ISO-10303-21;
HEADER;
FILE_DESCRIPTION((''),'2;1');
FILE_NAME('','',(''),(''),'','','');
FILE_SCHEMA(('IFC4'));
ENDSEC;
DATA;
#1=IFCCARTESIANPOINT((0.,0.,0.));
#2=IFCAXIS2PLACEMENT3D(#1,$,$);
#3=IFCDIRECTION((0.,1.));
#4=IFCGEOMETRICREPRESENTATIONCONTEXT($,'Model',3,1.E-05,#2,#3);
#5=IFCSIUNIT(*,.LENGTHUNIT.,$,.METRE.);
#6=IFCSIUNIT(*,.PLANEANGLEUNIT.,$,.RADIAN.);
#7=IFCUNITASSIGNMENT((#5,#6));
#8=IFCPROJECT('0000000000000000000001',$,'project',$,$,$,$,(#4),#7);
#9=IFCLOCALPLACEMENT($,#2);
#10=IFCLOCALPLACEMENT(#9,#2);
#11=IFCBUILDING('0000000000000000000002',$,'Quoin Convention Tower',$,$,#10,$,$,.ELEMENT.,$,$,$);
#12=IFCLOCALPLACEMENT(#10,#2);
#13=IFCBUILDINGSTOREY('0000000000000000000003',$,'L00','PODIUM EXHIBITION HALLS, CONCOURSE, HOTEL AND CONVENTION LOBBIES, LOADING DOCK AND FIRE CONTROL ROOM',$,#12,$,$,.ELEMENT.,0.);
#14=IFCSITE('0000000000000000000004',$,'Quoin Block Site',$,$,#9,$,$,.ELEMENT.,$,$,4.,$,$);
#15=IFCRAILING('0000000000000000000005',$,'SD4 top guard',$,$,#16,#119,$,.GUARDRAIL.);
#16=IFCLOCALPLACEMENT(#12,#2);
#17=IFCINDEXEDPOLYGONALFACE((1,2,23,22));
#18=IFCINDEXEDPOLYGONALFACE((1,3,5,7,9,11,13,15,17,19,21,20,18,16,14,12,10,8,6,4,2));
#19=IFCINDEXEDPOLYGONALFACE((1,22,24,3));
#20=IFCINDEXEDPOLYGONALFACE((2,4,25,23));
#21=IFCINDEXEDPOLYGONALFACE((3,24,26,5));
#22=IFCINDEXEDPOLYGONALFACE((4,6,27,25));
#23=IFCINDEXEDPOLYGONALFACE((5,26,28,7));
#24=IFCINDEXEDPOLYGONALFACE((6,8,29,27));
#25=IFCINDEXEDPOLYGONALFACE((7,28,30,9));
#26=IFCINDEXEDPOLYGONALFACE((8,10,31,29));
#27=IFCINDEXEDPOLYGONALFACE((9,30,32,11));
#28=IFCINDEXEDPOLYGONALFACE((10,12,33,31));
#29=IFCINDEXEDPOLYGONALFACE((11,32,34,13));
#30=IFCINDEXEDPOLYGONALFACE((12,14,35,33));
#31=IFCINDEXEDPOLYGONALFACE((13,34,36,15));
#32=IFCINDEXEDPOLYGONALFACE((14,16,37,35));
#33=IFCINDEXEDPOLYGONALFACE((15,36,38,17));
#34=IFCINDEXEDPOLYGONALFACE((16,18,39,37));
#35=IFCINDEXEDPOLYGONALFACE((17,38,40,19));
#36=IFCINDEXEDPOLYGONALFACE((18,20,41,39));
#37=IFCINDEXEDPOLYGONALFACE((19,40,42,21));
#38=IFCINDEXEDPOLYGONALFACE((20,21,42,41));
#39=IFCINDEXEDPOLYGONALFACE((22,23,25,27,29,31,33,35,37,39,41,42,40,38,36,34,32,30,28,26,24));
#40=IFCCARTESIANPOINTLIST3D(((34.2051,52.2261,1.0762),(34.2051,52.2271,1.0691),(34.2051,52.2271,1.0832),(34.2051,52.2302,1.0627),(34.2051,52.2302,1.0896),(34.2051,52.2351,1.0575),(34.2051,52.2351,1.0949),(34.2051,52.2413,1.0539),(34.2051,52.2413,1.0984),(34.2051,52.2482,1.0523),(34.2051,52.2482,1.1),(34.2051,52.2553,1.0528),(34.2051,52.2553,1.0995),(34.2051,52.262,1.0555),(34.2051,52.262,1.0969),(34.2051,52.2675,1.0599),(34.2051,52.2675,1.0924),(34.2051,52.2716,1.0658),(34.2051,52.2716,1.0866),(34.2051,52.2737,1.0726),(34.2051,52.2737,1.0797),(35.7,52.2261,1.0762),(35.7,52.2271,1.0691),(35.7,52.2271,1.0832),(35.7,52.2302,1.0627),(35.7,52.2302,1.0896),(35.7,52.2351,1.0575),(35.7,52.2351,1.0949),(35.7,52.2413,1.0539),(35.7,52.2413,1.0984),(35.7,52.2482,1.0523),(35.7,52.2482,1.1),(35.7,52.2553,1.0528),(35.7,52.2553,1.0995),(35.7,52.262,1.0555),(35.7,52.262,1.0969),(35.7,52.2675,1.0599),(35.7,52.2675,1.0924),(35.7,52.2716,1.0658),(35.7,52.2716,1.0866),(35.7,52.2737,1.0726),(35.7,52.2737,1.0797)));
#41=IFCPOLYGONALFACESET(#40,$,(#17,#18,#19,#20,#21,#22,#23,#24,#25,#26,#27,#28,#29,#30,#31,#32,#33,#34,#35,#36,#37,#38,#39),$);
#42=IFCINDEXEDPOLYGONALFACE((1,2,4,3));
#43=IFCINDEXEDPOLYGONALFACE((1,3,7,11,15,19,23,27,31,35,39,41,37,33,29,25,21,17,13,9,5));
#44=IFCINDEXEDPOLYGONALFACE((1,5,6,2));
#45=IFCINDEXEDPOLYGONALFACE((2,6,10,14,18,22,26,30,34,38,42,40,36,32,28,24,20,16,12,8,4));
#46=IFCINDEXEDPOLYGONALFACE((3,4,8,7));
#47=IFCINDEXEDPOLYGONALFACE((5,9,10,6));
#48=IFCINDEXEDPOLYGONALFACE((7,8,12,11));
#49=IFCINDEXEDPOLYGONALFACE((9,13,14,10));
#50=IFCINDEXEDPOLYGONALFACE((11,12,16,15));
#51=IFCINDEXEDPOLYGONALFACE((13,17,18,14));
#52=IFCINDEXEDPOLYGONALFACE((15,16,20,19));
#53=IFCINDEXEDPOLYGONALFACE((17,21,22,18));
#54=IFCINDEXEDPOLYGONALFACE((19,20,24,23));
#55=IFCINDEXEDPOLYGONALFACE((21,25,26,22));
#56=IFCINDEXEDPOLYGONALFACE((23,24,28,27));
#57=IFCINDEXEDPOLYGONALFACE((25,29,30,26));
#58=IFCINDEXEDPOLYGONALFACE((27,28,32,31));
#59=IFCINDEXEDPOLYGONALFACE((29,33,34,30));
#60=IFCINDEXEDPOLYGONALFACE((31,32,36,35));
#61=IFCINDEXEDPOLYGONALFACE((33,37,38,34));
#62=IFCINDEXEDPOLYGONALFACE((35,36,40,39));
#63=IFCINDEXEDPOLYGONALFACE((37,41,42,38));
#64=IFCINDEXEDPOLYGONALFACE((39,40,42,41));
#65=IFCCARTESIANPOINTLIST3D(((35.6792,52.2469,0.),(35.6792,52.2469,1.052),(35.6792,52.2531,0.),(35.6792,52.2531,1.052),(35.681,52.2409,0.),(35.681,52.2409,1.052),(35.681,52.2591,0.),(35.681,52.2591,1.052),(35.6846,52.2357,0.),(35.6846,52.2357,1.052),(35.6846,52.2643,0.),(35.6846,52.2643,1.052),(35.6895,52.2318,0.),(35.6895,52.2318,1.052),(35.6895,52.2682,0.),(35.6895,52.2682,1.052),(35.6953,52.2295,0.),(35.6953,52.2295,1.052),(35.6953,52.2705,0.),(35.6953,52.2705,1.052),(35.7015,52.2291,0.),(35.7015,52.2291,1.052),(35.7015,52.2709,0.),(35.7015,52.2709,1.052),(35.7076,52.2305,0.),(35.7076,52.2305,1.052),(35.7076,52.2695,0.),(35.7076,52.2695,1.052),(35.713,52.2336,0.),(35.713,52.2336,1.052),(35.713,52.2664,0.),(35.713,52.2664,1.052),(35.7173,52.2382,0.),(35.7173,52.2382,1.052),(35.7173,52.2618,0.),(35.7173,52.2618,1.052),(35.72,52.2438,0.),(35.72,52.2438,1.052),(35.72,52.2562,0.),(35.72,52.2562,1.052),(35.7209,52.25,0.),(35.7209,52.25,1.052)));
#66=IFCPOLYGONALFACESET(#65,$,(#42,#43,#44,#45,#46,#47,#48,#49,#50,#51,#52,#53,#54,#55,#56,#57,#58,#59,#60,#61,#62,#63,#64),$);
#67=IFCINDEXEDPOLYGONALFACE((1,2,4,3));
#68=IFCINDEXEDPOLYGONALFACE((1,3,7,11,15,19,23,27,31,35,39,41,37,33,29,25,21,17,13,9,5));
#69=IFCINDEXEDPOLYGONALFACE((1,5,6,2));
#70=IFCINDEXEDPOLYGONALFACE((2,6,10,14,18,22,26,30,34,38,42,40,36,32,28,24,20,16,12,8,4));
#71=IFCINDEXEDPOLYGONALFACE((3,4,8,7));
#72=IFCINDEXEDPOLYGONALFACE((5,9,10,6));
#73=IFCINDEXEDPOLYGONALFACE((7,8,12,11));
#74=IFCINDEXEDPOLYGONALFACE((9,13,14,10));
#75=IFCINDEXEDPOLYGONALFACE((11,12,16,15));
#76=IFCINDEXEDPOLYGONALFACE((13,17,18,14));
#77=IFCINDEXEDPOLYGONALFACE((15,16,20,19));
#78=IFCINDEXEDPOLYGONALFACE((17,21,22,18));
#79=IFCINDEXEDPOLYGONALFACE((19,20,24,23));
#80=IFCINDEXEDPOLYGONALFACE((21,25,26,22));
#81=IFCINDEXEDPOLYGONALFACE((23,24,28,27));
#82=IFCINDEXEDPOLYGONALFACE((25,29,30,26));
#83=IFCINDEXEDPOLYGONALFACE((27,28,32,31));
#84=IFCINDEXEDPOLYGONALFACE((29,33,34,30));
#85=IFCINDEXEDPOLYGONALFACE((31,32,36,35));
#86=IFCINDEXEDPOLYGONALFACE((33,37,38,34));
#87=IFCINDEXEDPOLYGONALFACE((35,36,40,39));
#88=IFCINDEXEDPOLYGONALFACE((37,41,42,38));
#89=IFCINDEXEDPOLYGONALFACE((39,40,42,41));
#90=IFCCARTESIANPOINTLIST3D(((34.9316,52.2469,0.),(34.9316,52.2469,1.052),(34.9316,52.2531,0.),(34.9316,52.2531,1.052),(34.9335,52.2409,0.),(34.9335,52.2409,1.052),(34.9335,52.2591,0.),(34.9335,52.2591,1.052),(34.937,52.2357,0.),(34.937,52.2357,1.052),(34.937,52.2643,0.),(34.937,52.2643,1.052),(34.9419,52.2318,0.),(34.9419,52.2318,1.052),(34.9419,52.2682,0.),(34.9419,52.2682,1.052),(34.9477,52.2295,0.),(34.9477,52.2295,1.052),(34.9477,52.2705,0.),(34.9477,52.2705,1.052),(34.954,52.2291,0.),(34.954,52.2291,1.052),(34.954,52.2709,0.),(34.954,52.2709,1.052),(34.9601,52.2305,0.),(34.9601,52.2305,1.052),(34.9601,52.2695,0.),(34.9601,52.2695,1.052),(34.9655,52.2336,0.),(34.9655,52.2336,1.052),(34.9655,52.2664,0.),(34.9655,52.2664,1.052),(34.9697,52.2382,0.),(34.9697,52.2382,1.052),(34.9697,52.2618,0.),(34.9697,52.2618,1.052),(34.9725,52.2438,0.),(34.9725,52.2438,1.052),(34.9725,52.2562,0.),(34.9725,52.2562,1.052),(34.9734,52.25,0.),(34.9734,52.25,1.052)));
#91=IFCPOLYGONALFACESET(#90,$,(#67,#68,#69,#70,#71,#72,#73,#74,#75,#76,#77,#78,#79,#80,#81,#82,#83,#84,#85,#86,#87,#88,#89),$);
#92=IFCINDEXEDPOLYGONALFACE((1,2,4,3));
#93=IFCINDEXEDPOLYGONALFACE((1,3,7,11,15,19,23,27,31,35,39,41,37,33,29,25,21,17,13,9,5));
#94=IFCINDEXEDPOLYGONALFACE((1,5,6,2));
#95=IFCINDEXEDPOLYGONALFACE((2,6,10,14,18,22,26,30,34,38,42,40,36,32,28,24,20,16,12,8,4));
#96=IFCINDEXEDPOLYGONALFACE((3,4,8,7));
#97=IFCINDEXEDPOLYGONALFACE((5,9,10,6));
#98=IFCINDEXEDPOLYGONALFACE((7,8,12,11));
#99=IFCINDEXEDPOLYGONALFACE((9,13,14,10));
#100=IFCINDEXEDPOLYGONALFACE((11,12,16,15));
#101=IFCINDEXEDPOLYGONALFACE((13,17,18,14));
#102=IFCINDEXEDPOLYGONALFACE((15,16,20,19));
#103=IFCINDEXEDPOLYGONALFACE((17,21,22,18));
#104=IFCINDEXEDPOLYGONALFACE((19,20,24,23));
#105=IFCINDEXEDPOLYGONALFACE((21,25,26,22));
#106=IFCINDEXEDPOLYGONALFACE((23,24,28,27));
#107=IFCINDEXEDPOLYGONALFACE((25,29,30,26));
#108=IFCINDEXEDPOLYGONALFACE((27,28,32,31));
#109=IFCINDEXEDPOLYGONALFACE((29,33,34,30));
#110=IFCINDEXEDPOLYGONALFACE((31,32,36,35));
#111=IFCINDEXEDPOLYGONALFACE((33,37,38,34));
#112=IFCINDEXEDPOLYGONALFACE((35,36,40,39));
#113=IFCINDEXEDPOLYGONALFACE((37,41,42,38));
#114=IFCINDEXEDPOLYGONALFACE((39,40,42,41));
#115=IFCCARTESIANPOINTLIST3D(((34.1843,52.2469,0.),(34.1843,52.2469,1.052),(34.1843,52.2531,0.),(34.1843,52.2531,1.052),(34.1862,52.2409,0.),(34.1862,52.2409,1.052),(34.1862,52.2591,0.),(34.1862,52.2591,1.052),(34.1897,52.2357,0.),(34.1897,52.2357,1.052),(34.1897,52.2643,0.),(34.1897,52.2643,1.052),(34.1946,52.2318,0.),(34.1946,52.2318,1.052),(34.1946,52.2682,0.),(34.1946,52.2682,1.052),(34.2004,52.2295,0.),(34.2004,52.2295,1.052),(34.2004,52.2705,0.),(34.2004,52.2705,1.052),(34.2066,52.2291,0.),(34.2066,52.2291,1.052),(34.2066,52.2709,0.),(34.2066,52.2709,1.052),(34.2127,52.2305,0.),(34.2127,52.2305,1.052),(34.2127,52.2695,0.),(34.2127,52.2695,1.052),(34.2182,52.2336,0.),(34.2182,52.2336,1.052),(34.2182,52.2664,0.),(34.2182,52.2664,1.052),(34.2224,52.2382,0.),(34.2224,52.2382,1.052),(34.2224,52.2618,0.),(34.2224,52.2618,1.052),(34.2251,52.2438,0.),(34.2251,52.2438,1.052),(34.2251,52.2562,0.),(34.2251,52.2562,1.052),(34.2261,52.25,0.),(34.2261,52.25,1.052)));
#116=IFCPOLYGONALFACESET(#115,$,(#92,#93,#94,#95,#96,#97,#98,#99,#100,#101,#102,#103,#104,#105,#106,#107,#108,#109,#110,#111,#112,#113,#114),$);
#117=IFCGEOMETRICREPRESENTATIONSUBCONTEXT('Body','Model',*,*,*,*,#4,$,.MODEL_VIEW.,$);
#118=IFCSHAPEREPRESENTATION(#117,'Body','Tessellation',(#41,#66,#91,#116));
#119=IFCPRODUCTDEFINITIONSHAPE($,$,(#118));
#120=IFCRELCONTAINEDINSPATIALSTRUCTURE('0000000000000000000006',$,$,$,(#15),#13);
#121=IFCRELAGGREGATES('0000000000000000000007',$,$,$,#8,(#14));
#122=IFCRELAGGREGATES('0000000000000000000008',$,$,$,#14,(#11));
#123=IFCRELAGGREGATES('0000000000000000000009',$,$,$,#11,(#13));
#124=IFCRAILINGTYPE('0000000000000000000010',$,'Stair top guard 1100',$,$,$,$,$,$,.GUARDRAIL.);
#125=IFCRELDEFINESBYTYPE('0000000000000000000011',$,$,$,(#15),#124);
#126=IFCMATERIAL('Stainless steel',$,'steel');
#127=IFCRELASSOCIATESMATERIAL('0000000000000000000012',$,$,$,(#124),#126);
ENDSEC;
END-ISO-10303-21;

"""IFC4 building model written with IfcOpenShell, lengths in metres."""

from ifc_helpers import new_model, si_unit, direction, frame, origin, origin_2d, place, context, subcontext, project, spatial, circle, extrude, material, type_object, element, save


model = new_model("IFC4")

# Units and contexts
model_context = context("Model", 3, precision=1e-05, world=origin(), true_north=direction((0.0, 1.0)))
body_context = subcontext(model_context, "Body", "Model", "MODEL_VIEW")
ifc_project = project(units=[si_unit("LENGTHUNIT", "METRE"), si_unit("PLANEANGLEUNIT", "RADIAN")], contexts=[model_context])

# Site, building, storey
site_placement = place(None, origin())
site = spatial("IfcSite", under=ifc_project, at=site_placement, Name="Quoin Block Site", CompositionType="ELEMENT", RefElevation=4.0)
building_placement = place(site_placement, origin())
building = spatial("IfcBuilding", under=site, at=building_placement, Name="Quoin Convention Tower", CompositionType="ELEMENT")
storey_placement = place(building_placement, origin())
storey = spatial("IfcBuildingStorey", under=building, at=storey_placement, Name="L00", Description="PODIUM EXHIBITION HALLS, CONCOURSE, HOTEL AND CONVENTION LOBBIES, LOADING DOCK AND FIRE CONTROL ROOM", CompositionType="ELEMENT", Elevation=0.0)

# Railing
ifc_material_1 = material(Name="Stainless steel", Category="steel")
railing_type_1 = type_object("IfcRailingType", Name="Stair top guard 1100", PredefinedType="GUARDRAIL", material=ifc_material_1)
railing_1_placement = place(storey_placement, frame((35.7, 52.25, 0.0)))
element("IfcRailing", 1, at=railing_1_placement, inside=storey, type_object=railing_type_1, Name="SD4 top guard", PredefinedType="GUARDRAIL", context=body_context, shape_type="SweptSolid", body=[
    extrude(circle(Radius=0.0239, at=origin_2d()), frame((0.0, 0.0, 1.0762), z_axis=(-1.0, 0.0, 0.0), x_axis=(0.0, -1.0, 0.0)), (0.0, 0.0, 1.0), 1.4949),
    extrude(circle(Radius=0.021, at=origin_2d()), origin(), (0.0, 0.0, 1.0), 1.052),
    extrude(circle(Radius=0.021, at=origin_2d()), frame((-0.7476, 0.0, 0.0)), (0.0, 0.0, 1.0), 1.052),
    extrude(circle(Radius=0.021, at=origin_2d()), frame((-1.4949, 0.0, 0.0)), (0.0, 0.0, 1.0), 1.052),
])

save(model, "model.ifc")
